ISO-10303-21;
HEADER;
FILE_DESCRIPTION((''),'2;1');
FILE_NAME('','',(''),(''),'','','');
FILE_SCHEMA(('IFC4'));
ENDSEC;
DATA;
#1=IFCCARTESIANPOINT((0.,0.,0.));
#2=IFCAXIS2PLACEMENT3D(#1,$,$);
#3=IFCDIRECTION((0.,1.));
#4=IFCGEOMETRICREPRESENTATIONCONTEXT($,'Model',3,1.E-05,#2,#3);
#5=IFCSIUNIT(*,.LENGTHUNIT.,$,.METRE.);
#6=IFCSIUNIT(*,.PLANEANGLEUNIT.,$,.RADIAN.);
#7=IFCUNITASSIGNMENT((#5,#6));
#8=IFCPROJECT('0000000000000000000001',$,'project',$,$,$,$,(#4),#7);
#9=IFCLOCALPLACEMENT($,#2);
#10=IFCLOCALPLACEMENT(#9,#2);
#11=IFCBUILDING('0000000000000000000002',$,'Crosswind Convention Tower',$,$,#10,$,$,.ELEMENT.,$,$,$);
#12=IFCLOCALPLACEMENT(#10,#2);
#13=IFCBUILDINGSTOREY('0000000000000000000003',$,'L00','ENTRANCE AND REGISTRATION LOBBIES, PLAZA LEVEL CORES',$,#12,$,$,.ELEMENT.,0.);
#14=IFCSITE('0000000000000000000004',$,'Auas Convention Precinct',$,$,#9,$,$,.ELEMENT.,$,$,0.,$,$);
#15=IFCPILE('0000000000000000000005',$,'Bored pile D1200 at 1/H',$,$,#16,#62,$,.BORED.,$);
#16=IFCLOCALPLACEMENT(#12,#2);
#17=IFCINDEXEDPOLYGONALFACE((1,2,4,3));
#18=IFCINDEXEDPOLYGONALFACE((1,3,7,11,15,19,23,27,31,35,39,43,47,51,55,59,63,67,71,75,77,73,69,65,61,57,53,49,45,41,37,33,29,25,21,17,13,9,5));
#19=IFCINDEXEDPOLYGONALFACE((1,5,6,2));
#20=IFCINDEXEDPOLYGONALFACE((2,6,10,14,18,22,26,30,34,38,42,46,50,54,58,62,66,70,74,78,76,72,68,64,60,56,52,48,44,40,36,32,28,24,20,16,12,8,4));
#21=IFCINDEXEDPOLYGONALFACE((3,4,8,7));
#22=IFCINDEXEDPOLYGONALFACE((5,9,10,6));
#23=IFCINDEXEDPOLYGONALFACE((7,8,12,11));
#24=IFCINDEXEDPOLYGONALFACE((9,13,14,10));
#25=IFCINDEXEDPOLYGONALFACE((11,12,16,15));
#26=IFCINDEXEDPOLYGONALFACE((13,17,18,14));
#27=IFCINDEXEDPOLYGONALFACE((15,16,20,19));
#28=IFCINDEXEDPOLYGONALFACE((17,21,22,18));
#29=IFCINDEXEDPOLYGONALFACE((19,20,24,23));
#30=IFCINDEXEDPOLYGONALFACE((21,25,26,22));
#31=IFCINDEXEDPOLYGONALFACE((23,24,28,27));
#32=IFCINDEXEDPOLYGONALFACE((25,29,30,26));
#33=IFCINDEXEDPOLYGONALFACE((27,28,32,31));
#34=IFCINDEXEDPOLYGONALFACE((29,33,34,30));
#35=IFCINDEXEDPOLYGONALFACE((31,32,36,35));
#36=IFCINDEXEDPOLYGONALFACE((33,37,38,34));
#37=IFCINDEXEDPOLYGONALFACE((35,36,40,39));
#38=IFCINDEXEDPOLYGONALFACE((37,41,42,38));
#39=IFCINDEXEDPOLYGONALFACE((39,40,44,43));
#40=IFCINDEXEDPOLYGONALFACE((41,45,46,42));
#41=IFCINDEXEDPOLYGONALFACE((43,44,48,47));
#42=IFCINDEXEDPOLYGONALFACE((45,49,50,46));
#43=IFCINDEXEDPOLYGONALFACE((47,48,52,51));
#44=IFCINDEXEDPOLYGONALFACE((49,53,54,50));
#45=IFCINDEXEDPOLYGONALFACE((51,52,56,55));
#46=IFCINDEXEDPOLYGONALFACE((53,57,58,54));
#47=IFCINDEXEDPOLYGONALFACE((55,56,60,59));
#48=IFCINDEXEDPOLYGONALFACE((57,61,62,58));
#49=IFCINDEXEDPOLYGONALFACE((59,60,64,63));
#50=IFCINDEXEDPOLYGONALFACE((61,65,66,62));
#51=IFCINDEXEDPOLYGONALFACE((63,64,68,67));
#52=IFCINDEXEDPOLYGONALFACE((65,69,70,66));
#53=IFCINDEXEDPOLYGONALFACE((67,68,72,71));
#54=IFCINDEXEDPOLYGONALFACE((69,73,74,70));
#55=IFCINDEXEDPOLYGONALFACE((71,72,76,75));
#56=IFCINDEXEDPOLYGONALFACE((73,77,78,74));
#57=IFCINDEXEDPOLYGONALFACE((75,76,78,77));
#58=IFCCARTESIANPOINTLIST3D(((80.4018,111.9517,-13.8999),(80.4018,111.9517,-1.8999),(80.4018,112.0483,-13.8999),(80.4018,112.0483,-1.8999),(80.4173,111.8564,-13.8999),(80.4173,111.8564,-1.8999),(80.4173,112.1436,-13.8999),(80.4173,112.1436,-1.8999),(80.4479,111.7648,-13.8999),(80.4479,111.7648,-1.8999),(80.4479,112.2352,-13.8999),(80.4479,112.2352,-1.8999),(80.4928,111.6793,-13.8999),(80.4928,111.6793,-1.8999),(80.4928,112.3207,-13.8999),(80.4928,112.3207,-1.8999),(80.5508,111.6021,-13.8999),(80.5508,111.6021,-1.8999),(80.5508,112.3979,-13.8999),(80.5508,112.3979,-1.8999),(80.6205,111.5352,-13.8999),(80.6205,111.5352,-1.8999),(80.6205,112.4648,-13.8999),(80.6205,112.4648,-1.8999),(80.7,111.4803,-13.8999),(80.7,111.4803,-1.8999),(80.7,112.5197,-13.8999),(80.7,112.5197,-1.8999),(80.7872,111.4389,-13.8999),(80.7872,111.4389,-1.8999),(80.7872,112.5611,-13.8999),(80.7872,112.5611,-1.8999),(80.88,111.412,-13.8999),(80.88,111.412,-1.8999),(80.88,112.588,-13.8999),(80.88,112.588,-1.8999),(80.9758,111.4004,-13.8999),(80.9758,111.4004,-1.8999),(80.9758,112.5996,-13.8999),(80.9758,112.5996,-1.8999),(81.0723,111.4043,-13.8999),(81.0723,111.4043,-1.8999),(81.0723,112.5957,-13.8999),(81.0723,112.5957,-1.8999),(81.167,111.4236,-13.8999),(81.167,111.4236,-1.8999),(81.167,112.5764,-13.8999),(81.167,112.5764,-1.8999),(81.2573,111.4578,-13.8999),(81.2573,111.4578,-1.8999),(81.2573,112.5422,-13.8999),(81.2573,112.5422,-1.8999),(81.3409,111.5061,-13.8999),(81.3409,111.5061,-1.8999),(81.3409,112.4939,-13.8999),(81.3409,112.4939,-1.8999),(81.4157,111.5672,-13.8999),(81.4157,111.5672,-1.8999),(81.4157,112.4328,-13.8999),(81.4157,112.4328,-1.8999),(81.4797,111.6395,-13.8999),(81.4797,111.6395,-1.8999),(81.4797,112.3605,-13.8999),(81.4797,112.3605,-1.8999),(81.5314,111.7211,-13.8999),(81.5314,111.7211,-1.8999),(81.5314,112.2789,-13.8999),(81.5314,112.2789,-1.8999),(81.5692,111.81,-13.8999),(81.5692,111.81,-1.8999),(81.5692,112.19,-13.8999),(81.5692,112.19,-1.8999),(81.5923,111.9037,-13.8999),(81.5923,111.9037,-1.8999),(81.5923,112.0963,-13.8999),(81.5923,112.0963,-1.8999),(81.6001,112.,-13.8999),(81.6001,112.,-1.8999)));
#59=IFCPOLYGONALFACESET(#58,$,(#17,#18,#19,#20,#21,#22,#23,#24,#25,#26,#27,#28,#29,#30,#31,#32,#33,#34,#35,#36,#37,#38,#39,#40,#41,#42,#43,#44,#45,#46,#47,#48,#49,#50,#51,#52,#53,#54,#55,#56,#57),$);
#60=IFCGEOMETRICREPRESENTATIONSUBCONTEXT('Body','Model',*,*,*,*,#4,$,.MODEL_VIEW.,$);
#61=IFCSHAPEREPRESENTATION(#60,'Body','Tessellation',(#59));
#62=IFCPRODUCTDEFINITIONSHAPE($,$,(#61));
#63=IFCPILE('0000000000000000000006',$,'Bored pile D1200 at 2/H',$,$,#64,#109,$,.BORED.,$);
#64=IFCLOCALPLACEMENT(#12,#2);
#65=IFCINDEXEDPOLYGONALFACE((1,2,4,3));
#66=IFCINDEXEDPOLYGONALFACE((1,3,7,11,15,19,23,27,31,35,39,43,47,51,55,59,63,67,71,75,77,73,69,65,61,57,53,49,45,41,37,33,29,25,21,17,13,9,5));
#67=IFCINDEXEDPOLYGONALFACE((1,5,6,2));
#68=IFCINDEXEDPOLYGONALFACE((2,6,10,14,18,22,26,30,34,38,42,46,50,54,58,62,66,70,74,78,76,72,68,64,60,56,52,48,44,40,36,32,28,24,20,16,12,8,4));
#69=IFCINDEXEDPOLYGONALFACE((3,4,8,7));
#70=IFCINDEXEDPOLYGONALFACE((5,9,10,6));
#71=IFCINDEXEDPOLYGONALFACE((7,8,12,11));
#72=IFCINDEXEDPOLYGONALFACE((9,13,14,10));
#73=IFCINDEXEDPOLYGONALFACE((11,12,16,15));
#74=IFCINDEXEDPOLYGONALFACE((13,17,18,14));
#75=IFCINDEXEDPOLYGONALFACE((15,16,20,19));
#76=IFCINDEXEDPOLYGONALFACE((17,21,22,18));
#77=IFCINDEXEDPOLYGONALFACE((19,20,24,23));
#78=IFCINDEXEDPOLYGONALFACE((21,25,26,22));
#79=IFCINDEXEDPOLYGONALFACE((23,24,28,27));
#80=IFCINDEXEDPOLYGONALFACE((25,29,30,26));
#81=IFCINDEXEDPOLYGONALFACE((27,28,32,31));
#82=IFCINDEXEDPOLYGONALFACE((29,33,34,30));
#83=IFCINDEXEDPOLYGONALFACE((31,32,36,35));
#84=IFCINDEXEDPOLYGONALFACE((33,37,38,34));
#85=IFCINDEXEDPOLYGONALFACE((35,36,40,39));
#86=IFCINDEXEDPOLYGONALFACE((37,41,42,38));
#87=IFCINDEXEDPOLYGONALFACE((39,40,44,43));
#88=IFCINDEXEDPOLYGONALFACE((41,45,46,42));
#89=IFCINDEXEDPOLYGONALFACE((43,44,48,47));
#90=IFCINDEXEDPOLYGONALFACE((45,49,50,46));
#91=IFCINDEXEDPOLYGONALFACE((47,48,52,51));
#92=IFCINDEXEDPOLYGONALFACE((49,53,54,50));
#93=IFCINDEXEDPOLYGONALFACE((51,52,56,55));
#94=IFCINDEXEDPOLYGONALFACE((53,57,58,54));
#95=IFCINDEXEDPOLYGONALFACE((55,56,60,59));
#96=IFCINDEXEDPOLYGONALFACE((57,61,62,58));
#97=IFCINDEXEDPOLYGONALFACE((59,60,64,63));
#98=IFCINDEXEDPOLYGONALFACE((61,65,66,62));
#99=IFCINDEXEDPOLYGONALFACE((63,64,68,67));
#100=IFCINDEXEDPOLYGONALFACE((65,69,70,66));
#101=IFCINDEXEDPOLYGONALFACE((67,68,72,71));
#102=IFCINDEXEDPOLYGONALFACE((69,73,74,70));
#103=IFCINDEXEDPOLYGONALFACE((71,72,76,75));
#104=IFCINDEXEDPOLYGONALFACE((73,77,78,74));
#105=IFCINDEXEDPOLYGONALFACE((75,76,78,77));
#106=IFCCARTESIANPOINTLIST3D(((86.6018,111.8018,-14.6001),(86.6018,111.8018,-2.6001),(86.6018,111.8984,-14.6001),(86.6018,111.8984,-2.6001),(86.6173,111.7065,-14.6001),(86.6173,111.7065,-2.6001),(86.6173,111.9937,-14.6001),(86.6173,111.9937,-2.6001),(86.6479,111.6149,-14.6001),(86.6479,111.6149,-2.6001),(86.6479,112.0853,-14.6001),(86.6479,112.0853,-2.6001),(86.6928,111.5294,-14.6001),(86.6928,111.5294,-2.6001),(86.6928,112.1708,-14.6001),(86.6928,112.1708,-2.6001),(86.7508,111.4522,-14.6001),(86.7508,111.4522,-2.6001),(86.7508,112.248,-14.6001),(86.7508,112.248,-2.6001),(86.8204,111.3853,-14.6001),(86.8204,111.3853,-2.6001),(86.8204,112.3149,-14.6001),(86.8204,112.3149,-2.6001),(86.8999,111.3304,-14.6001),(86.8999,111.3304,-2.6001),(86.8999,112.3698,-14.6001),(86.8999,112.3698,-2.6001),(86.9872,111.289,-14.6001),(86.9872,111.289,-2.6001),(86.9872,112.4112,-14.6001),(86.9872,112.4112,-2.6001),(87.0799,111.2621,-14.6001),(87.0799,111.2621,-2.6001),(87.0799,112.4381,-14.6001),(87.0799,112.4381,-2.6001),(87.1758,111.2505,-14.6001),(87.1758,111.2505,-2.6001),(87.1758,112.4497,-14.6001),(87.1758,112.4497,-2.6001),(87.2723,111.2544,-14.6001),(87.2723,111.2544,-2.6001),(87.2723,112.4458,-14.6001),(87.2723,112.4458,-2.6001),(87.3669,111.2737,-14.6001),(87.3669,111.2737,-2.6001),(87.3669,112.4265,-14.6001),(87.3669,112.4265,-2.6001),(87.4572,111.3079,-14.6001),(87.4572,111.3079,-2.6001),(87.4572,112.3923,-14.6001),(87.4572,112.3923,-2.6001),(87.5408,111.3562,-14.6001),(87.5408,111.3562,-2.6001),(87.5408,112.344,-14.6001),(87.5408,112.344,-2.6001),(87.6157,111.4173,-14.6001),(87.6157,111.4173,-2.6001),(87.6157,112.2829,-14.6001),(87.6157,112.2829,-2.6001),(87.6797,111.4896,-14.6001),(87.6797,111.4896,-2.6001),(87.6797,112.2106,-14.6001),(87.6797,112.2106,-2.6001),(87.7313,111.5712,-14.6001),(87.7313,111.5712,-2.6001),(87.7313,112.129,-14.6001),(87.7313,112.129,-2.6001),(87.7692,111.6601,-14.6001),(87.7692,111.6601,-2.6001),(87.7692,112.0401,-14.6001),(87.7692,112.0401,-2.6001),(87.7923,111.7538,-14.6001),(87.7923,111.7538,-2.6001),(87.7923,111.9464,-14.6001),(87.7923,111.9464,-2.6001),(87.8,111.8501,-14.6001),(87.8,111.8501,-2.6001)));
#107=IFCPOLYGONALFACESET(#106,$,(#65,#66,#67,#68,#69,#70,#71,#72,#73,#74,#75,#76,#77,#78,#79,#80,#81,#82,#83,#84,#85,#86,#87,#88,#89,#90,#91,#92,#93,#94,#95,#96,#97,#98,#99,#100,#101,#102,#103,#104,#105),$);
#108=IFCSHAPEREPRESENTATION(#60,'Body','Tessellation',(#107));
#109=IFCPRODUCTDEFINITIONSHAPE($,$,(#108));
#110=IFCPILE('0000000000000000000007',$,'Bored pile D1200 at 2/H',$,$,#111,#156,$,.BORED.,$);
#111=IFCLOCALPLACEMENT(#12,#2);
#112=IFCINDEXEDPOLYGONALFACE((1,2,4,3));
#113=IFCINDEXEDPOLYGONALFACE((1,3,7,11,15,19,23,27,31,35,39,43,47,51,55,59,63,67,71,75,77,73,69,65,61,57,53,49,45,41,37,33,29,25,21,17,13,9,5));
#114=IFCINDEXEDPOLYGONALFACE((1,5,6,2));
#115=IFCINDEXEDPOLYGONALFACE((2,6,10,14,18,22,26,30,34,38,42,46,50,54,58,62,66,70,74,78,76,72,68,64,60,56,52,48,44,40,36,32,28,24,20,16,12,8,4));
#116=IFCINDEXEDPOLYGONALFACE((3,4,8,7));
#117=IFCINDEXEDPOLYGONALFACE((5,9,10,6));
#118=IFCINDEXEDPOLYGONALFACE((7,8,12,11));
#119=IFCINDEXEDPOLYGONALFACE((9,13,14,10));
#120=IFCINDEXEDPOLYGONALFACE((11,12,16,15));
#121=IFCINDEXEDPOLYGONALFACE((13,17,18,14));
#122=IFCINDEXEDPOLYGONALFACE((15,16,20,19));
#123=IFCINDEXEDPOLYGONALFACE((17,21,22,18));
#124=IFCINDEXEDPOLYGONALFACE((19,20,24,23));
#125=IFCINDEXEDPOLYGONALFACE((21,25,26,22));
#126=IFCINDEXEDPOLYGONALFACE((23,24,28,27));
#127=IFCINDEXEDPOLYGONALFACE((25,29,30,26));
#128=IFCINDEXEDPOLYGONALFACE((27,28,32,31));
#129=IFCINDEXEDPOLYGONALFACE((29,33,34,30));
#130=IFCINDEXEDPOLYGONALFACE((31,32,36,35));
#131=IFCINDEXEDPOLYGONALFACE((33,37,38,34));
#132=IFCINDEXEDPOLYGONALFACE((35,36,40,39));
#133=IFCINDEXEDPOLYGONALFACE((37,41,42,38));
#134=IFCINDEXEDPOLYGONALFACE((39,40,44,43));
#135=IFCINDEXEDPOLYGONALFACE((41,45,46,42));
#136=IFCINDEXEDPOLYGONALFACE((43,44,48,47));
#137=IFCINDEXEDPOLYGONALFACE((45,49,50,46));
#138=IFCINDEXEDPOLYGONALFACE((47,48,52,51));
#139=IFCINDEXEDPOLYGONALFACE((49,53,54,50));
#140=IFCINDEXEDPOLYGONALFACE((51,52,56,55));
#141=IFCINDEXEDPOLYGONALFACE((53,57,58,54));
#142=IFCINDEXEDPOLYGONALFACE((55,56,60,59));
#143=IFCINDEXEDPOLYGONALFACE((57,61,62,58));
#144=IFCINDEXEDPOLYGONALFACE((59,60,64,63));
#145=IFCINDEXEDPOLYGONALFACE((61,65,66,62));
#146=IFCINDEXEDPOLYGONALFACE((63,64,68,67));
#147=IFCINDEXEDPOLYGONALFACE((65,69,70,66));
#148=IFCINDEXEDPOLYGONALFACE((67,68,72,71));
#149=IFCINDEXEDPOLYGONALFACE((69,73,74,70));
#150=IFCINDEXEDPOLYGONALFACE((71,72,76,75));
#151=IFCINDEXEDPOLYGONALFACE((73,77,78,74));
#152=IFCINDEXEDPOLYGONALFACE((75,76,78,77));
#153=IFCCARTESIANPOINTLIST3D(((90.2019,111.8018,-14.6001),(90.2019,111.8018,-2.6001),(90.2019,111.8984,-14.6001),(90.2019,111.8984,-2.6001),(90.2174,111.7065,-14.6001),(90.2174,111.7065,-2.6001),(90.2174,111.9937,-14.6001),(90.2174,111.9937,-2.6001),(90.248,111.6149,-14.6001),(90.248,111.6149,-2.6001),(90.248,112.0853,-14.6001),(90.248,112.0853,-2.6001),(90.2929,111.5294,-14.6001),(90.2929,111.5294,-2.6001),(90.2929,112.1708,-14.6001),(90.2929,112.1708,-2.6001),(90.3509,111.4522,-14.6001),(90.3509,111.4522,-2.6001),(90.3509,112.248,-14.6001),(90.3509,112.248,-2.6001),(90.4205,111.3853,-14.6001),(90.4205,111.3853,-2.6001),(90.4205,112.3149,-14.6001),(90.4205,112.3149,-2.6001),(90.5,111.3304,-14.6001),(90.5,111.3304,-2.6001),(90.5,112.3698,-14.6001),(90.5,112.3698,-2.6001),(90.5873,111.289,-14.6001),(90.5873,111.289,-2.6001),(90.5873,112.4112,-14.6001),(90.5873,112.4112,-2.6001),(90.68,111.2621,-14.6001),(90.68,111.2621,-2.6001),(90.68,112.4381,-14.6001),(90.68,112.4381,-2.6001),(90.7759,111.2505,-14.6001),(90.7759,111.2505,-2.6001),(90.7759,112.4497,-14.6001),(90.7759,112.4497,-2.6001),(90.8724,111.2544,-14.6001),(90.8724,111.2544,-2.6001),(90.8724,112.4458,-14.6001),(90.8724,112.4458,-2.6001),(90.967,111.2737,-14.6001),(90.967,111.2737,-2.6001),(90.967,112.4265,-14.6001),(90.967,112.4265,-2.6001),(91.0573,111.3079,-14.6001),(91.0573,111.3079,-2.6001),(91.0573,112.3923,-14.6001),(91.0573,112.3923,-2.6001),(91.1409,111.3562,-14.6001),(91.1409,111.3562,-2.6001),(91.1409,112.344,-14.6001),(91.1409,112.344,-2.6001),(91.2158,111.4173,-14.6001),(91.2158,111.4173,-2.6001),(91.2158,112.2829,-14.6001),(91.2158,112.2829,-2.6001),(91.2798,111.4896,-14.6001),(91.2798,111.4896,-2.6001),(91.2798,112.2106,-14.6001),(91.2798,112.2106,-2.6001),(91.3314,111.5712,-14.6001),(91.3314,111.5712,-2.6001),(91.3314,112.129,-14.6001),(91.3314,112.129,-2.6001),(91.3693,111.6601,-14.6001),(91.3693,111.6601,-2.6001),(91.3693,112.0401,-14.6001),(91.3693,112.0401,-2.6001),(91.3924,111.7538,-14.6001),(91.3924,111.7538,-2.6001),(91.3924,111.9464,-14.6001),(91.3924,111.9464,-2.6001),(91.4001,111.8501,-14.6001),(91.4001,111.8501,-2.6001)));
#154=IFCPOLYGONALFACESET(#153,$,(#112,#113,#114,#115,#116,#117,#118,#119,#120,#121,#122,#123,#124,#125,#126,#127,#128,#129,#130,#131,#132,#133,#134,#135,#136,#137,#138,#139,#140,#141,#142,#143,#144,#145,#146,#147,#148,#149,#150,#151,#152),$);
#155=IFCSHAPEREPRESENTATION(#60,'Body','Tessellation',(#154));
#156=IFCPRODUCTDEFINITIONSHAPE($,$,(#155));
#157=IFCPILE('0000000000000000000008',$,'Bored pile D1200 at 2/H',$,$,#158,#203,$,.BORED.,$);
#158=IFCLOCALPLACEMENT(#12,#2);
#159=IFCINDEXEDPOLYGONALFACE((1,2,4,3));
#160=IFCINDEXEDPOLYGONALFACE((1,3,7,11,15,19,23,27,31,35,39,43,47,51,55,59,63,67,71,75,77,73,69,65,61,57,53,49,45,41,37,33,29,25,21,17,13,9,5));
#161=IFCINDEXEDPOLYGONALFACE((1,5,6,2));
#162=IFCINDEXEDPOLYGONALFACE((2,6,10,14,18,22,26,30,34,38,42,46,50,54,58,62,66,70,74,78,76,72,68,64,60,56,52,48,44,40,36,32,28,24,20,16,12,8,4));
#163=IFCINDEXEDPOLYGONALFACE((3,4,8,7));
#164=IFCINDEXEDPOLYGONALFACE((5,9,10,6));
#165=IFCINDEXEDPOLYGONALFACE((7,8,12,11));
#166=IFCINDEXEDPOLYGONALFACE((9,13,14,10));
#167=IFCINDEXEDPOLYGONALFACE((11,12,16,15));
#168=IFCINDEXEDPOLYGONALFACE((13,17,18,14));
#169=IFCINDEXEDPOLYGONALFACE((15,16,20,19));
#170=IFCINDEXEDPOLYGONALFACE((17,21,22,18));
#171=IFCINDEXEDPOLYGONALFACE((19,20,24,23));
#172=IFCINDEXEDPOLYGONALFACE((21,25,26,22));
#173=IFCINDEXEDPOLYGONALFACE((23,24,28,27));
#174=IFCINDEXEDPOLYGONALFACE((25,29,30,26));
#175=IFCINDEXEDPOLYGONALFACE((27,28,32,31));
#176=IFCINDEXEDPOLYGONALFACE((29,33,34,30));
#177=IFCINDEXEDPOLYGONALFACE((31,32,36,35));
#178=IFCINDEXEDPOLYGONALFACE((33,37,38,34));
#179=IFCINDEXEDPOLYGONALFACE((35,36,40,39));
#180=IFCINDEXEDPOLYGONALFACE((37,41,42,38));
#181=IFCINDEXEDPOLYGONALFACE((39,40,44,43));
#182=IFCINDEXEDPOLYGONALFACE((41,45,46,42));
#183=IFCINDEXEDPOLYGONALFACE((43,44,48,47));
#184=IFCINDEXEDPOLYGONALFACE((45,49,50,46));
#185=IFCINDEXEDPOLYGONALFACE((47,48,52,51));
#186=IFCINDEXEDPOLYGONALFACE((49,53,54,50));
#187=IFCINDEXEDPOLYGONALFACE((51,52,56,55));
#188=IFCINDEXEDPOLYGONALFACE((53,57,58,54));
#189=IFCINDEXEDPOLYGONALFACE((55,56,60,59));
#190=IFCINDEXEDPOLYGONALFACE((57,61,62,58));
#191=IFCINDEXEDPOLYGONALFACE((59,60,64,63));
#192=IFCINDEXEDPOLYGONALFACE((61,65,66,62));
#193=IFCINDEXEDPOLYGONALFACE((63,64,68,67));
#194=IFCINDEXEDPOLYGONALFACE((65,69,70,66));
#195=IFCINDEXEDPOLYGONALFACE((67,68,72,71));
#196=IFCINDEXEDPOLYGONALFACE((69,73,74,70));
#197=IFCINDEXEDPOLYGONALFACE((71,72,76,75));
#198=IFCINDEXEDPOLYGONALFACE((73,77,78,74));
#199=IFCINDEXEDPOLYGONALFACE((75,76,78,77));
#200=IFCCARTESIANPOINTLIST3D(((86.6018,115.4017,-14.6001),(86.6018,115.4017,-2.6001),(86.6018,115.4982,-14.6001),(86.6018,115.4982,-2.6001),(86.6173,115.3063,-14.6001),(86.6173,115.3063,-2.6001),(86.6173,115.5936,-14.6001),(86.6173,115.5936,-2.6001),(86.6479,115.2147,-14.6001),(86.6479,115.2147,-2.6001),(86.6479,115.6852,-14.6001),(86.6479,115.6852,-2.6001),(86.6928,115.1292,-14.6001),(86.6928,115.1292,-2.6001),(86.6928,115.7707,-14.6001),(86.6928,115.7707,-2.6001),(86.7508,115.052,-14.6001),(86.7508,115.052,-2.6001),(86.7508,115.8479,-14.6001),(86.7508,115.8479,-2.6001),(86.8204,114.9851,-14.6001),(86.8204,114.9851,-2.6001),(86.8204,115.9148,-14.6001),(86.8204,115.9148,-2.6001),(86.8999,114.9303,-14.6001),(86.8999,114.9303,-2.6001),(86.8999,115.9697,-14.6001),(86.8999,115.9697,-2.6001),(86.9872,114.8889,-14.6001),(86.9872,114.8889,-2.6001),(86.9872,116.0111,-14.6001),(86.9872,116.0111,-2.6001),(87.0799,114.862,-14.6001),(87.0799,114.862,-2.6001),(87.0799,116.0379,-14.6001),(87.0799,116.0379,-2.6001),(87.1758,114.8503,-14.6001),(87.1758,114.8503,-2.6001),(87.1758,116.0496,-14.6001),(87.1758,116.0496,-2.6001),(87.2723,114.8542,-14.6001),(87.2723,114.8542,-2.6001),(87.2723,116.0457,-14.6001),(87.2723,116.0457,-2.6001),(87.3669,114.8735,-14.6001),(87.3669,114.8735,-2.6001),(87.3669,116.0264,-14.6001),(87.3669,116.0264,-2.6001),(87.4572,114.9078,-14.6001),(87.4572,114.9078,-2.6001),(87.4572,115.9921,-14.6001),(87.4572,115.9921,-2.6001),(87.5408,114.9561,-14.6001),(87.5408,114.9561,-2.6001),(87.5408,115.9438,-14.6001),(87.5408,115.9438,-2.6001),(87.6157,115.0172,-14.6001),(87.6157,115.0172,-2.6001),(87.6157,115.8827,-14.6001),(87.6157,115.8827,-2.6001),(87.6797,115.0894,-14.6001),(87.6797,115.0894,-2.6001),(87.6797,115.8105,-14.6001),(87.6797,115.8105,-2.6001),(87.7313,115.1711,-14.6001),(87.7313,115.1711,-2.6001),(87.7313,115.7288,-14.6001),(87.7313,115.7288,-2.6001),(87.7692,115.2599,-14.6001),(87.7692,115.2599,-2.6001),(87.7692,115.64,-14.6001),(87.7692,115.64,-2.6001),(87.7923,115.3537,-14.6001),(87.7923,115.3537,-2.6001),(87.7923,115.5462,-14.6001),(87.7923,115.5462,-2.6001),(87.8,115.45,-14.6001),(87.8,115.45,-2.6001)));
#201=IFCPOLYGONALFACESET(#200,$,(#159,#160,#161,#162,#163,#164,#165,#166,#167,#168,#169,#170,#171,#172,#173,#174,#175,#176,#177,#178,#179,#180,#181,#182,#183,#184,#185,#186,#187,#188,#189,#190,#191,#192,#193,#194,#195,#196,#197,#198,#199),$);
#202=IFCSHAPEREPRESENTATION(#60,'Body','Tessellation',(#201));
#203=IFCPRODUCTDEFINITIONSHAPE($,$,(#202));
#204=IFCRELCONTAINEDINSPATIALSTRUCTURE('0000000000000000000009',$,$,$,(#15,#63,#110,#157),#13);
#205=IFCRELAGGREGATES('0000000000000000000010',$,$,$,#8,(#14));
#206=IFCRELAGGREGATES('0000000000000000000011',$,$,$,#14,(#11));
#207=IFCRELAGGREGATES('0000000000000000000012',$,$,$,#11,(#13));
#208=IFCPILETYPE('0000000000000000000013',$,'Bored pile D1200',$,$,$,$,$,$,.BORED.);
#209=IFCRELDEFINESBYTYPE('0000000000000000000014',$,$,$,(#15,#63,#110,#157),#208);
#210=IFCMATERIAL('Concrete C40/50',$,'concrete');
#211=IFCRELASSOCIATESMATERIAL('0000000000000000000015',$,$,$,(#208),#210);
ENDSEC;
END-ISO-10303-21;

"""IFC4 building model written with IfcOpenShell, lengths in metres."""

from ifc_helpers import new_model, si_unit, direction, frame, origin, origin_2d, place, context, subcontext, project, spatial, circle, extrude, material, material_profile, profile_set, type_object, element, save


model = new_model("IFC4")

# Units and contexts
model_context = context("Model", 3, precision=1e-05, world=origin(), true_north=direction((0.0, 1.0)))
body_context = subcontext(model_context, "Body", "Model", "MODEL_VIEW")
ifc_project = project(units=[si_unit("LENGTHUNIT", "METRE"), si_unit("PLANEANGLEUNIT", "RADIAN")], contexts=[model_context])

# Site, building, storey
site_placement = place(None, origin())
site = spatial("IfcSite", under=ifc_project, at=site_placement, Name="Auas Convention Precinct", CompositionType="ELEMENT", RefElevation=0.0)
building_placement = place(site_placement, origin())
building = spatial("IfcBuilding", under=site, at=building_placement, Name="Crosswind Convention Tower", CompositionType="ELEMENT")
storey_placement = place(building_placement, origin())
storey = spatial("IfcBuildingStorey", under=building, at=storey_placement, Name="L00", Description="ENTRANCE AND REGISTRATION LOBBIES, PLAZA LEVEL CORES", CompositionType="ELEMENT", Elevation=0.0)

# Piles
ifc_material_1 = material(Name="Concrete C40/50", Category="concrete")
ifc_material_profile_1 = material_profile(ifc_material_1, circle(Radius=0.6001, at=origin_2d()), Name="Bored pile D1200")
ifc_profile_set_1 = profile_set([ifc_material_profile_1], Name="Concrete C40/50")
pile_type_1 = type_object("IfcPileType", Name="Bored pile D1200", PredefinedType="BORED", material=ifc_profile_set_1)
for number, where, z_axis, x_axis, name in (
    (1, (81.0, 112.0, -1.8999), (0.0, 0.0, -1.0), (1.0, 0.0, 0.0), "Bored pile D1200 at 1/H"),
    (2, (87.2, 111.8501, -2.6001), (0.0, 0.0, -1.0), (1.0, 0.0, 0.0), "Bored pile D1200 at 2/H"),
    (3, (90.8, 111.8501, -2.6001), (0.0, 0.0, -1.0), (1.0, 0.0, 0.0), "Bored pile D1200 at 2/H"),
    (4, (87.2, 115.45, -2.6001), (0.0, 0.0, -1.0), (1.0, 0.0, 0.0), "Bored pile D1200 at 2/H"),
):
    element("IfcPile", number, at=place(storey_placement, frame(where, z_axis=z_axis, x_axis=x_axis)), inside=storey, type_object=pile_type_1, Name=name, PredefinedType="BORED", context=body_context, shape_type="SweptSolid", body=[
        extrude(circle(Radius=0.6001, at=origin_2d()), origin(), (0.0, 0.0, 1.0), 12.0),
    ])

save(model, "model.ifc")
